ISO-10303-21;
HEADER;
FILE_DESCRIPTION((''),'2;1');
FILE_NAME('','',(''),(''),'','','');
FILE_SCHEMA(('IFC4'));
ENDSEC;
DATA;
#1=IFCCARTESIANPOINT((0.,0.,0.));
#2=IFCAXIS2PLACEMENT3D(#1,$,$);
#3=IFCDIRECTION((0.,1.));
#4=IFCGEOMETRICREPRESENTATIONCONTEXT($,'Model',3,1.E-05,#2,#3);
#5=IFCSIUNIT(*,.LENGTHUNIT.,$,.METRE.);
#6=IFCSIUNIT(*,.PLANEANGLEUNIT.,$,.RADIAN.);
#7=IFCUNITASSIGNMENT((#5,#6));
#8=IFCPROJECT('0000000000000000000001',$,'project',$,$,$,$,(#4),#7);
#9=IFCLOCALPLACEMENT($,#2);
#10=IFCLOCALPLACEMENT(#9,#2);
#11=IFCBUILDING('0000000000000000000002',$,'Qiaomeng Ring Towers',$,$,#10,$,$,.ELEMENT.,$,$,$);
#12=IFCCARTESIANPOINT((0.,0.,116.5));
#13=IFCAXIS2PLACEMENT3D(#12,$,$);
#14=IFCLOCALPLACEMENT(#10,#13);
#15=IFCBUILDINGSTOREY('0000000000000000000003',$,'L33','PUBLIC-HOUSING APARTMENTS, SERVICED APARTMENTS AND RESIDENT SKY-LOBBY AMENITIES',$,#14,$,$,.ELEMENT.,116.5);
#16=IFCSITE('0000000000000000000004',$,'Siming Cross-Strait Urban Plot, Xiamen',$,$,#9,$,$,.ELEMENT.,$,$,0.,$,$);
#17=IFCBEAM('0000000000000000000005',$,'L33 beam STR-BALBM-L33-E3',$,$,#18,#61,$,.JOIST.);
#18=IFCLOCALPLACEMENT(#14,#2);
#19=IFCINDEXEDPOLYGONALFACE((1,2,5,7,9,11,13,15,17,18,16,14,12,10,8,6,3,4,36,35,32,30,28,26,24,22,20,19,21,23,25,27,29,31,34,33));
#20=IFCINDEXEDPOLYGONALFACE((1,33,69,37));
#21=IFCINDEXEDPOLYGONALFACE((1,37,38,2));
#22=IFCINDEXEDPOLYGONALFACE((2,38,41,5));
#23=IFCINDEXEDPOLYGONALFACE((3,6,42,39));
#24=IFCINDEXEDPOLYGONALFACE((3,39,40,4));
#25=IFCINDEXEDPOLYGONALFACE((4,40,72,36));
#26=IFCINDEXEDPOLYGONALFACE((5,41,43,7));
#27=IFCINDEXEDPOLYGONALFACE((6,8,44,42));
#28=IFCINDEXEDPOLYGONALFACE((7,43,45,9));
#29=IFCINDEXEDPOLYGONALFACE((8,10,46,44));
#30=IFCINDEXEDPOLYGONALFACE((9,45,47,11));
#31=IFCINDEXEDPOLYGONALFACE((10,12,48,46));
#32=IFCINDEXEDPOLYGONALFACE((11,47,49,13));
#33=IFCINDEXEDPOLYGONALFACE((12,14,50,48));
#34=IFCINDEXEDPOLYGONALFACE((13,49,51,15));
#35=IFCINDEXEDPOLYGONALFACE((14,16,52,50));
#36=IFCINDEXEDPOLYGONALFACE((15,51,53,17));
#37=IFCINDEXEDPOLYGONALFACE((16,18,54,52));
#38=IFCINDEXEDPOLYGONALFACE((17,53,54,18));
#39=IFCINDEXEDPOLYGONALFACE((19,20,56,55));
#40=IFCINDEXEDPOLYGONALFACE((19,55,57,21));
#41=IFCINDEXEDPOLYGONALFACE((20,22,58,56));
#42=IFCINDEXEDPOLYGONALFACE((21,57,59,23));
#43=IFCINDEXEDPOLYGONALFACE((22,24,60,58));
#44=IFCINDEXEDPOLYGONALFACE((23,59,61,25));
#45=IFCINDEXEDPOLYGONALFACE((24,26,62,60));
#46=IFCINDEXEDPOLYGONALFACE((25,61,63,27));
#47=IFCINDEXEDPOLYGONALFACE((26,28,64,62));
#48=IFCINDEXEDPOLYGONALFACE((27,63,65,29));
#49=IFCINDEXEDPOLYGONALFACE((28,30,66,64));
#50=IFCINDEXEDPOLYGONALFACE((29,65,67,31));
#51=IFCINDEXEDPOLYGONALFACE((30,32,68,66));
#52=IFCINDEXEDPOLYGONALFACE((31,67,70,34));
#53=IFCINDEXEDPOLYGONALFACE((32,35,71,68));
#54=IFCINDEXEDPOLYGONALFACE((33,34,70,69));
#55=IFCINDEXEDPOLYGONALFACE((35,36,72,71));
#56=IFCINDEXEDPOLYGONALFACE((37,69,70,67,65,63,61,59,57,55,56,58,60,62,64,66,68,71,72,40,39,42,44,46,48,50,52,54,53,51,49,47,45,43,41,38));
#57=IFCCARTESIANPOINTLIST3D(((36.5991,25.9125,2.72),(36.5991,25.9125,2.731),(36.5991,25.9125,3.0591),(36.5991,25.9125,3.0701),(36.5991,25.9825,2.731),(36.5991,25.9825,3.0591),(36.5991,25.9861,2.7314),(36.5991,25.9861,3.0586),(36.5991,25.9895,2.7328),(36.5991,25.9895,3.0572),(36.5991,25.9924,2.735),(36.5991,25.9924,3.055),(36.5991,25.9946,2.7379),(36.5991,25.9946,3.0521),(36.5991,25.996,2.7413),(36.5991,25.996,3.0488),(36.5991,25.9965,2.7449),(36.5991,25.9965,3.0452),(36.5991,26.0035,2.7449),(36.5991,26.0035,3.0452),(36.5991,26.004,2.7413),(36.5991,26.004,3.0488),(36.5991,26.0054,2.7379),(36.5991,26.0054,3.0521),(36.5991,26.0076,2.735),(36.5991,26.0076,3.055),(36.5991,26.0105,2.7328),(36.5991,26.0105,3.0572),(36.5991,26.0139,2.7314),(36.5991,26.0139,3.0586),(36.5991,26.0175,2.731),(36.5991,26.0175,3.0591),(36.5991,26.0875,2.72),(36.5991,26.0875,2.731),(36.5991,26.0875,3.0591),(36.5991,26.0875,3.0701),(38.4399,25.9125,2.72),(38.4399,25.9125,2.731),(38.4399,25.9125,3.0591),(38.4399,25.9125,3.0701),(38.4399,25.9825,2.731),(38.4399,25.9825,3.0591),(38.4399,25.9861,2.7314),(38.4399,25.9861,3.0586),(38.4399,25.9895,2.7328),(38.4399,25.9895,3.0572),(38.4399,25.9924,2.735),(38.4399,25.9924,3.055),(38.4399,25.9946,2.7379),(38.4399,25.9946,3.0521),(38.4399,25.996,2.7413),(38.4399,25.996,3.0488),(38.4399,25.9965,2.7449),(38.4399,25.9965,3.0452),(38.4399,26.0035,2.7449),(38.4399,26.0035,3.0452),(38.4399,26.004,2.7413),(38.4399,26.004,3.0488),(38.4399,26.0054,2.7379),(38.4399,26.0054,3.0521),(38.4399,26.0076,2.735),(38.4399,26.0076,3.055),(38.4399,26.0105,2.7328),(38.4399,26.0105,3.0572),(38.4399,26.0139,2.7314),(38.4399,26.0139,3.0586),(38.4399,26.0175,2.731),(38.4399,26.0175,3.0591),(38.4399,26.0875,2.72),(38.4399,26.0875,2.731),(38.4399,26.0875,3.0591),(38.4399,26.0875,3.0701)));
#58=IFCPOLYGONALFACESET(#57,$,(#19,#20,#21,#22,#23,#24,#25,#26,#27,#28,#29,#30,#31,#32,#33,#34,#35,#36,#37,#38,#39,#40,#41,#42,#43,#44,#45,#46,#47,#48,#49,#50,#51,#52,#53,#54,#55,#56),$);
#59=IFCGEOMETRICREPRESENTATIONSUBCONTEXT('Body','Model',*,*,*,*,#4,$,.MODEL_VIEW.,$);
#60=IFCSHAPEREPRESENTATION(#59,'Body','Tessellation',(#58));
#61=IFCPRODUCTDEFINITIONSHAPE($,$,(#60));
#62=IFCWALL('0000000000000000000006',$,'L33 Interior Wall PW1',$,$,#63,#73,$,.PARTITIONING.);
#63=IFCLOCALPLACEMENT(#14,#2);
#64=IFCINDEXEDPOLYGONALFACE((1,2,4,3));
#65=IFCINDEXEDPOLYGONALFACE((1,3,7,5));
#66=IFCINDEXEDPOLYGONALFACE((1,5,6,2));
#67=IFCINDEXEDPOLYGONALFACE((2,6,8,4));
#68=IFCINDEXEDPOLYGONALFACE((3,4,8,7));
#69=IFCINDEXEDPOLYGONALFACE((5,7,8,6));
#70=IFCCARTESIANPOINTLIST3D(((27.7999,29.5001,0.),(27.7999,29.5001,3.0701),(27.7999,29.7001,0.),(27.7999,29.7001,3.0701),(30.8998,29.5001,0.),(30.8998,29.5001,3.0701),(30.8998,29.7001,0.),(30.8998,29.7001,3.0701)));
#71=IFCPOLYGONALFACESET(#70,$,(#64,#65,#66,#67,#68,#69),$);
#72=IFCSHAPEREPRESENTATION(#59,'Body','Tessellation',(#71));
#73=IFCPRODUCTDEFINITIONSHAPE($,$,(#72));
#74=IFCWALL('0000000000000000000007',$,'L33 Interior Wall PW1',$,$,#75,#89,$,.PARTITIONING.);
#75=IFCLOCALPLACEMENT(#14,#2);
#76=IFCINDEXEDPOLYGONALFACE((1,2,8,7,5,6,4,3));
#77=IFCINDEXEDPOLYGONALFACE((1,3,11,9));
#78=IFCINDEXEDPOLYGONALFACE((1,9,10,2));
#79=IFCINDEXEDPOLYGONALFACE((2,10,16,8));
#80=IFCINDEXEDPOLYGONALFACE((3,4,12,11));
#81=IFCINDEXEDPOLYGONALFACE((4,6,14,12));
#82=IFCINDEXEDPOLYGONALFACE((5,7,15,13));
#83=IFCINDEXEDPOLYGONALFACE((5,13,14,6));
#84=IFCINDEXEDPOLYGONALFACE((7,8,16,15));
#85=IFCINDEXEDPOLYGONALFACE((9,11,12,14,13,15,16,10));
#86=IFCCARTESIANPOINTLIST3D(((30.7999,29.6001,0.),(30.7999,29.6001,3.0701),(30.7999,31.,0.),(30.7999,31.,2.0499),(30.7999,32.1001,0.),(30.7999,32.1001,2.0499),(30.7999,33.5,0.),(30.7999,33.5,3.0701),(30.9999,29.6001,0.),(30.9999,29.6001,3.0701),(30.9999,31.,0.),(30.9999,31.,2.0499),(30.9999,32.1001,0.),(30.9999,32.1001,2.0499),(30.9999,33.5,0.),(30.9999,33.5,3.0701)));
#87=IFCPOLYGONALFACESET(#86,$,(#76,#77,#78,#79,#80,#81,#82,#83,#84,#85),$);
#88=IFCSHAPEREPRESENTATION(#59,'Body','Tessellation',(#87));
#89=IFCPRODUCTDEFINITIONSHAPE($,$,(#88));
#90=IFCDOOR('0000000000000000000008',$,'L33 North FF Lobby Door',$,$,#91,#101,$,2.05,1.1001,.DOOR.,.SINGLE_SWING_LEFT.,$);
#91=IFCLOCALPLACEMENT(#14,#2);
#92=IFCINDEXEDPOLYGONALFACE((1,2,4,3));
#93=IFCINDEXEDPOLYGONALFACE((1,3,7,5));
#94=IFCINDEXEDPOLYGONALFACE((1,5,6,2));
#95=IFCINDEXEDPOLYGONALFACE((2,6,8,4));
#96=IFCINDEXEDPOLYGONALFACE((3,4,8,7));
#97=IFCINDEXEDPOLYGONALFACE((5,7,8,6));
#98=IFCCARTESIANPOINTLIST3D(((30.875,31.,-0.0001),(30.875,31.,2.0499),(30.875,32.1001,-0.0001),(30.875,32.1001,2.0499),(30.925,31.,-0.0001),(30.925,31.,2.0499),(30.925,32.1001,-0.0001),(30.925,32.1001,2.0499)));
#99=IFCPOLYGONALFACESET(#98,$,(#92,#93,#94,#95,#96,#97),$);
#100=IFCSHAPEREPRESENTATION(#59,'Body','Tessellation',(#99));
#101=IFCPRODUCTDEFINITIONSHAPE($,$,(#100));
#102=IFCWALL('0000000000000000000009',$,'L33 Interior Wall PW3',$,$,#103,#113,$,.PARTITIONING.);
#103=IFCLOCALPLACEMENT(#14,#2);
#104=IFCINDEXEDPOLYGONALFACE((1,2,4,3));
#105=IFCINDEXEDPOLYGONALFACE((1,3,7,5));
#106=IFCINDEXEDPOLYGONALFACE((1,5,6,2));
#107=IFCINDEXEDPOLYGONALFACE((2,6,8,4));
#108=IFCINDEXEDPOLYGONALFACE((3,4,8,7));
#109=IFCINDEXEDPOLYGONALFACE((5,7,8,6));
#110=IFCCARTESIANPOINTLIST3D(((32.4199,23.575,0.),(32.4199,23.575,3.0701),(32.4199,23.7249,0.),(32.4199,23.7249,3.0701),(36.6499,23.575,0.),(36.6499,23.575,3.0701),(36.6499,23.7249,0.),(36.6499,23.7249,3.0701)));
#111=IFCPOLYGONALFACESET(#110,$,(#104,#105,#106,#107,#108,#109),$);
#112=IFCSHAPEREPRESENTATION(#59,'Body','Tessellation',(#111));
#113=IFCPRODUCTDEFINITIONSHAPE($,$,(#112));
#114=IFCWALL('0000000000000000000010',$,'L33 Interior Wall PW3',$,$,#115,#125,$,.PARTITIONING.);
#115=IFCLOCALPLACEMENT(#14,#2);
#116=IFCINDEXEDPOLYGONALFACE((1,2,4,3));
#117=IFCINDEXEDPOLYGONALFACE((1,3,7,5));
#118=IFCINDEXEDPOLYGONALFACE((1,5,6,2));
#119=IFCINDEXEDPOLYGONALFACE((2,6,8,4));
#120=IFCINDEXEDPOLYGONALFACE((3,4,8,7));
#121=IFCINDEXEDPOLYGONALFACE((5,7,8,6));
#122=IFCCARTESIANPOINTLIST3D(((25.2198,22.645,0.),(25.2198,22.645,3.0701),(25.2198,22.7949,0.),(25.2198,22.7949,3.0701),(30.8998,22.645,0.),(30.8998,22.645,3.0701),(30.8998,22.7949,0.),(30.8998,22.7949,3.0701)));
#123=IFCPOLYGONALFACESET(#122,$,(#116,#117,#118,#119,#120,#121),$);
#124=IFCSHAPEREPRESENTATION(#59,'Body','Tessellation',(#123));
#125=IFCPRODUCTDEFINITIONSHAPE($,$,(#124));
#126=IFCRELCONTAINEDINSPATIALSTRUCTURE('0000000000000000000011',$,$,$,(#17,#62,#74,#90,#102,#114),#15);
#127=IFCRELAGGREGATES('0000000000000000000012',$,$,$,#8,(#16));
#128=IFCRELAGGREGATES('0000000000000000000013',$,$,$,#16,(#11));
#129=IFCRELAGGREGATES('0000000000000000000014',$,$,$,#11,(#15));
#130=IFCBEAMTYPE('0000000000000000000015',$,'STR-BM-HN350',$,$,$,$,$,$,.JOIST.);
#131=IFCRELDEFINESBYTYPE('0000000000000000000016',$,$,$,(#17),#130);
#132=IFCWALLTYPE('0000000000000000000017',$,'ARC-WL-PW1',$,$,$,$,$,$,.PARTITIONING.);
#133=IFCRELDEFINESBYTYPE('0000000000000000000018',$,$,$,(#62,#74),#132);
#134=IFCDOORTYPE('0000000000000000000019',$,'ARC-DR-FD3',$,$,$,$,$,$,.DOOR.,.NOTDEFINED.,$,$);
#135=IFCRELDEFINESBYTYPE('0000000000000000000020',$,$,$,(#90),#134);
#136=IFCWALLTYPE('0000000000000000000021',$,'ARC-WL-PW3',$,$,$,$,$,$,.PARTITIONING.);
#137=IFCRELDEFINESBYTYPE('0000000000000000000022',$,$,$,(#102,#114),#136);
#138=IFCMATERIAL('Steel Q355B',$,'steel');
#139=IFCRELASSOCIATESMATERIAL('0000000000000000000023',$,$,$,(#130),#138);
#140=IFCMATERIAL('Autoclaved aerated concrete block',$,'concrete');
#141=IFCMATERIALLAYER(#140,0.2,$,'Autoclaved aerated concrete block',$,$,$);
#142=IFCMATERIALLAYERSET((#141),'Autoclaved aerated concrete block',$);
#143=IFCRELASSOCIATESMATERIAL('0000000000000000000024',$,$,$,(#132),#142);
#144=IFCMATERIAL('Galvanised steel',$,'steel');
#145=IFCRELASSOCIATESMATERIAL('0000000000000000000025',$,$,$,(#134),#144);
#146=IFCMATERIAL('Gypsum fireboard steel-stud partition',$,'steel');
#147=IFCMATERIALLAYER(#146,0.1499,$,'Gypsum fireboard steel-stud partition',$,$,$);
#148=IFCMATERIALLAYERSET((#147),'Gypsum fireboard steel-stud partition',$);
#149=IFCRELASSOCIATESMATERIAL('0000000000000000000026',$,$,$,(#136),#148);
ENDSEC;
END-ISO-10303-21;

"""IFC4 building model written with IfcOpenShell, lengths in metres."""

from ifc_helpers import new_model, si_unit, direction, frame, frame_2d, origin, origin_2d, place, context, subcontext, project, spatial, rectangle, i_section, extrude, source, transform, mapped, material, layer, layer_set, material_profile, profile_set, type_object, element, fill, save


model = new_model("IFC4")

# Units and contexts
model_context = context("Model", 3, precision=1e-05, world=origin(), true_north=direction((0.0, 1.0)))
body_context = subcontext(model_context, "Body", "Model", "MODEL_VIEW")
ifc_project = project(units=[si_unit("LENGTHUNIT", "METRE"), si_unit("PLANEANGLEUNIT", "RADIAN")], contexts=[model_context])

# Site, building, storey
site_placement = place(None, origin())
site = spatial("IfcSite", under=ifc_project, at=site_placement, Name="Siming Cross-Strait Urban Plot, Xiamen", CompositionType="ELEMENT", RefElevation=0.0)
building_placement = place(site_placement, origin())
building = spatial("IfcBuilding", under=site, at=building_placement, Name="Qiaomeng Ring Towers", CompositionType="ELEMENT")
storey_placement = place(building_placement, frame((0.0, 0.0, 116.5)))
storey = spatial("IfcBuildingStorey", under=building, at=storey_placement, Name="L33", Description="PUBLIC-HOUSING APARTMENTS, SERVICED APARTMENTS AND RESIDENT SKY-LOBBY AMENITIES", CompositionType="ELEMENT", Elevation=116.5)

# Beam
ifc_material_1 = material(Name="Steel Q355B", Category="steel")
ifc_material_profile_1 = material_profile(ifc_material_1, i_section(OverallWidth=0.175, OverallDepth=0.3501, WebThickness=0.0071, FlangeThickness=0.011, FilletRadius=0.0139, at=origin_2d()), Name="HN 350x175x7x11")
ifc_profile_set_1 = profile_set([ifc_material_profile_1], Name="Steel Q355B")
beam_type_1 = type_object("IfcBeamType", Name="STR-BM-HN350", PredefinedType="JOIST", material=ifc_profile_set_1)
shared_shape_1 = source(origin(), body_context, "Body", "SweptSolid", [
    extrude(i_section(OverallWidth=0.175, OverallDepth=0.3501, WebThickness=0.0071, FlangeThickness=0.011, FilletRadius=0.0139, at=origin_2d()), origin(), (0.0, 0.0, 1.0), 1.8408),
])
beam_1_placement = place(storey_placement, frame((36.5991, 26.0, 2.895), z_axis=(1.0, 0.0, 0.0), x_axis=(0.0, 1.0, 0.0)))
element("IfcBeam", 1, at=beam_1_placement, inside=storey, type_object=beam_type_1, Name="L33 beam STR-BALBM-L33-E3", PredefinedType="JOIST", context=body_context, shape_type="MappedRepresentation", body=[
    mapped(shared_shape_1, transform((0.0, 0.0, 0.0), x_axis=(1.0, 0.0, 0.0), y_axis=(0.0, 1.0, 0.0), z_axis=(0.0, 0.0, 1.0), scale=1.0)),
])

# Wall
ifc_material_2 = material(Name="Autoclaved aerated concrete block", Category="concrete")
ifc_layer_1 = layer(ifc_material_2, 0.2, Name="Autoclaved aerated concrete block")
ifc_layer_set_1 = layer_set([ifc_layer_1], Name="Autoclaved aerated concrete block")
wall_type_1 = type_object("IfcWallType", Name="ARC-WL-PW1", PredefinedType="PARTITIONING", material=ifc_layer_set_1)
wall_1_placement = place(storey_placement, frame((27.8, 29.6001, 0.0), z_axis=(0.0, 0.0, 1.0), x_axis=(1.0, 0.0, 0.0)))
element("IfcWall", 2, at=wall_1_placement, inside=storey, type_object=wall_type_1, Name="L33 Interior Wall PW1", PredefinedType="PARTITIONING", context=body_context, shape_type="SweptSolid", body=[
    extrude(rectangle(XDim=3.0999, YDim=0.2, at=frame_2d((1.5498, 0.0))), origin(), (0.0, 0.0, 1.0), 3.0701),
])

# Wall, opening, door
wall_2_placement = place(storey_placement, frame((30.8999, 29.6001, 0.0), z_axis=(0.0, 0.0, 1.0), x_axis=(0.0, 1.0, 0.0)))
wall_2 = element("IfcWall", 3, at=wall_2_placement, inside=storey, type_object=wall_type_1, Name="L33 Interior Wall PW1", PredefinedType="PARTITIONING", context=body_context, shape_type="SweptSolid", body=[
    extrude(rectangle(XDim=3.8999, YDim=0.2, at=frame_2d((1.95, 0.0))), origin(), (0.0, 0.0, 1.0), 3.0701),
])
opening_1_placement = place(wall_2_placement, frame((1.3999, 0.0, 0.0)))
opening_1 = element("IfcOpeningElement", 4, at=opening_1_placement, cuts=wall_2, PredefinedType="OPENING", context=body_context, shape_type="SweptSolid", body=[
    extrude(rectangle(XDim=1.1001, YDim=2.05, at=frame_2d((0.55, 1.0249))), frame((0.0, 0.1099, 0.0), z_axis=(0.0, -1.0, 0.0), x_axis=(1.0, 0.0, 0.0)), (0.0, 0.0, 1.0), 0.22),
])
ifc_material_3 = material(Name="Galvanised steel", Category="steel")
door_type_1 = type_object("IfcDoorType", Name="ARC-DR-FD3", OperationType="NOTDEFINED", PredefinedType="DOOR", material=ifc_material_3)
shared_shape_2 = source(origin(), body_context, "Body", "SweptSolid", [
    extrude(rectangle(XDim=1.1001, YDim=2.05, at=frame_2d((0.55, 1.0249))), frame((0.0, 0.0249, 0.0), z_axis=(0.0, -1.0, 0.0), x_axis=(1.0, 0.0, 0.0)), (0.0, 0.0, 1.0), 0.05),
])
door_1_placement = place(opening_1_placement, origin())
door_1 = element("IfcDoor", 5, at=door_1_placement, inside=storey, type_object=door_type_1, Name="L33 North FF Lobby Door", OperationType="SINGLE_SWING_LEFT", OverallHeight=2.05, OverallWidth=1.1001, PredefinedType="DOOR", context=body_context, shape_type="MappedRepresentation", body=[
    mapped(shared_shape_2, transform((0.0, 0.0, 0.0), x_axis=(1.0, 0.0, 0.0), y_axis=(0.0, 1.0, 0.0), z_axis=(0.0, 0.0, 1.0), scale=1.0)),
])
fill(opening_1, door_1)

# Walls
ifc_material_4 = material(Name="Gypsum fireboard steel-stud partition", Category="steel")
ifc_layer_2 = layer(ifc_material_4, 0.1499, Name="Gypsum fireboard steel-stud partition")
ifc_layer_set_2 = layer_set([ifc_layer_2], Name="Gypsum fireboard steel-stud partition")
wall_type_2 = type_object("IfcWallType", Name="ARC-WL-PW3", PredefinedType="PARTITIONING", material=ifc_layer_set_2)
wall_3_placement = place(storey_placement, frame((32.4199, 23.6499, 0.0), z_axis=(0.0, 0.0, 1.0), x_axis=(1.0, 0.0, 0.0)))
element("IfcWall", 6, at=wall_3_placement, inside=storey, type_object=wall_type_2, Name="L33 Interior Wall PW3", PredefinedType="PARTITIONING", context=body_context, shape_type="SweptSolid", body=[
    extrude(rectangle(XDim=4.23, YDim=0.1499, at=frame_2d((2.115, 0.0))), origin(), (0.0, 0.0, 1.0), 3.0701),
])
wall_4_placement = place(storey_placement, frame((25.22, 22.72, 0.0), z_axis=(0.0, 0.0, 1.0), x_axis=(1.0, 0.0, 0.0)))
element("IfcWall", 7, at=wall_4_placement, inside=storey, type_object=wall_type_2, Name="L33 Interior Wall PW3", PredefinedType="PARTITIONING", context=body_context, shape_type="SweptSolid", body=[
    extrude(rectangle(XDim=5.6799, YDim=0.1499, at=frame_2d((2.8398, 0.0))), origin(), (0.0, 0.0, 1.0), 3.0701),
])

save(model, "model.ifc")
